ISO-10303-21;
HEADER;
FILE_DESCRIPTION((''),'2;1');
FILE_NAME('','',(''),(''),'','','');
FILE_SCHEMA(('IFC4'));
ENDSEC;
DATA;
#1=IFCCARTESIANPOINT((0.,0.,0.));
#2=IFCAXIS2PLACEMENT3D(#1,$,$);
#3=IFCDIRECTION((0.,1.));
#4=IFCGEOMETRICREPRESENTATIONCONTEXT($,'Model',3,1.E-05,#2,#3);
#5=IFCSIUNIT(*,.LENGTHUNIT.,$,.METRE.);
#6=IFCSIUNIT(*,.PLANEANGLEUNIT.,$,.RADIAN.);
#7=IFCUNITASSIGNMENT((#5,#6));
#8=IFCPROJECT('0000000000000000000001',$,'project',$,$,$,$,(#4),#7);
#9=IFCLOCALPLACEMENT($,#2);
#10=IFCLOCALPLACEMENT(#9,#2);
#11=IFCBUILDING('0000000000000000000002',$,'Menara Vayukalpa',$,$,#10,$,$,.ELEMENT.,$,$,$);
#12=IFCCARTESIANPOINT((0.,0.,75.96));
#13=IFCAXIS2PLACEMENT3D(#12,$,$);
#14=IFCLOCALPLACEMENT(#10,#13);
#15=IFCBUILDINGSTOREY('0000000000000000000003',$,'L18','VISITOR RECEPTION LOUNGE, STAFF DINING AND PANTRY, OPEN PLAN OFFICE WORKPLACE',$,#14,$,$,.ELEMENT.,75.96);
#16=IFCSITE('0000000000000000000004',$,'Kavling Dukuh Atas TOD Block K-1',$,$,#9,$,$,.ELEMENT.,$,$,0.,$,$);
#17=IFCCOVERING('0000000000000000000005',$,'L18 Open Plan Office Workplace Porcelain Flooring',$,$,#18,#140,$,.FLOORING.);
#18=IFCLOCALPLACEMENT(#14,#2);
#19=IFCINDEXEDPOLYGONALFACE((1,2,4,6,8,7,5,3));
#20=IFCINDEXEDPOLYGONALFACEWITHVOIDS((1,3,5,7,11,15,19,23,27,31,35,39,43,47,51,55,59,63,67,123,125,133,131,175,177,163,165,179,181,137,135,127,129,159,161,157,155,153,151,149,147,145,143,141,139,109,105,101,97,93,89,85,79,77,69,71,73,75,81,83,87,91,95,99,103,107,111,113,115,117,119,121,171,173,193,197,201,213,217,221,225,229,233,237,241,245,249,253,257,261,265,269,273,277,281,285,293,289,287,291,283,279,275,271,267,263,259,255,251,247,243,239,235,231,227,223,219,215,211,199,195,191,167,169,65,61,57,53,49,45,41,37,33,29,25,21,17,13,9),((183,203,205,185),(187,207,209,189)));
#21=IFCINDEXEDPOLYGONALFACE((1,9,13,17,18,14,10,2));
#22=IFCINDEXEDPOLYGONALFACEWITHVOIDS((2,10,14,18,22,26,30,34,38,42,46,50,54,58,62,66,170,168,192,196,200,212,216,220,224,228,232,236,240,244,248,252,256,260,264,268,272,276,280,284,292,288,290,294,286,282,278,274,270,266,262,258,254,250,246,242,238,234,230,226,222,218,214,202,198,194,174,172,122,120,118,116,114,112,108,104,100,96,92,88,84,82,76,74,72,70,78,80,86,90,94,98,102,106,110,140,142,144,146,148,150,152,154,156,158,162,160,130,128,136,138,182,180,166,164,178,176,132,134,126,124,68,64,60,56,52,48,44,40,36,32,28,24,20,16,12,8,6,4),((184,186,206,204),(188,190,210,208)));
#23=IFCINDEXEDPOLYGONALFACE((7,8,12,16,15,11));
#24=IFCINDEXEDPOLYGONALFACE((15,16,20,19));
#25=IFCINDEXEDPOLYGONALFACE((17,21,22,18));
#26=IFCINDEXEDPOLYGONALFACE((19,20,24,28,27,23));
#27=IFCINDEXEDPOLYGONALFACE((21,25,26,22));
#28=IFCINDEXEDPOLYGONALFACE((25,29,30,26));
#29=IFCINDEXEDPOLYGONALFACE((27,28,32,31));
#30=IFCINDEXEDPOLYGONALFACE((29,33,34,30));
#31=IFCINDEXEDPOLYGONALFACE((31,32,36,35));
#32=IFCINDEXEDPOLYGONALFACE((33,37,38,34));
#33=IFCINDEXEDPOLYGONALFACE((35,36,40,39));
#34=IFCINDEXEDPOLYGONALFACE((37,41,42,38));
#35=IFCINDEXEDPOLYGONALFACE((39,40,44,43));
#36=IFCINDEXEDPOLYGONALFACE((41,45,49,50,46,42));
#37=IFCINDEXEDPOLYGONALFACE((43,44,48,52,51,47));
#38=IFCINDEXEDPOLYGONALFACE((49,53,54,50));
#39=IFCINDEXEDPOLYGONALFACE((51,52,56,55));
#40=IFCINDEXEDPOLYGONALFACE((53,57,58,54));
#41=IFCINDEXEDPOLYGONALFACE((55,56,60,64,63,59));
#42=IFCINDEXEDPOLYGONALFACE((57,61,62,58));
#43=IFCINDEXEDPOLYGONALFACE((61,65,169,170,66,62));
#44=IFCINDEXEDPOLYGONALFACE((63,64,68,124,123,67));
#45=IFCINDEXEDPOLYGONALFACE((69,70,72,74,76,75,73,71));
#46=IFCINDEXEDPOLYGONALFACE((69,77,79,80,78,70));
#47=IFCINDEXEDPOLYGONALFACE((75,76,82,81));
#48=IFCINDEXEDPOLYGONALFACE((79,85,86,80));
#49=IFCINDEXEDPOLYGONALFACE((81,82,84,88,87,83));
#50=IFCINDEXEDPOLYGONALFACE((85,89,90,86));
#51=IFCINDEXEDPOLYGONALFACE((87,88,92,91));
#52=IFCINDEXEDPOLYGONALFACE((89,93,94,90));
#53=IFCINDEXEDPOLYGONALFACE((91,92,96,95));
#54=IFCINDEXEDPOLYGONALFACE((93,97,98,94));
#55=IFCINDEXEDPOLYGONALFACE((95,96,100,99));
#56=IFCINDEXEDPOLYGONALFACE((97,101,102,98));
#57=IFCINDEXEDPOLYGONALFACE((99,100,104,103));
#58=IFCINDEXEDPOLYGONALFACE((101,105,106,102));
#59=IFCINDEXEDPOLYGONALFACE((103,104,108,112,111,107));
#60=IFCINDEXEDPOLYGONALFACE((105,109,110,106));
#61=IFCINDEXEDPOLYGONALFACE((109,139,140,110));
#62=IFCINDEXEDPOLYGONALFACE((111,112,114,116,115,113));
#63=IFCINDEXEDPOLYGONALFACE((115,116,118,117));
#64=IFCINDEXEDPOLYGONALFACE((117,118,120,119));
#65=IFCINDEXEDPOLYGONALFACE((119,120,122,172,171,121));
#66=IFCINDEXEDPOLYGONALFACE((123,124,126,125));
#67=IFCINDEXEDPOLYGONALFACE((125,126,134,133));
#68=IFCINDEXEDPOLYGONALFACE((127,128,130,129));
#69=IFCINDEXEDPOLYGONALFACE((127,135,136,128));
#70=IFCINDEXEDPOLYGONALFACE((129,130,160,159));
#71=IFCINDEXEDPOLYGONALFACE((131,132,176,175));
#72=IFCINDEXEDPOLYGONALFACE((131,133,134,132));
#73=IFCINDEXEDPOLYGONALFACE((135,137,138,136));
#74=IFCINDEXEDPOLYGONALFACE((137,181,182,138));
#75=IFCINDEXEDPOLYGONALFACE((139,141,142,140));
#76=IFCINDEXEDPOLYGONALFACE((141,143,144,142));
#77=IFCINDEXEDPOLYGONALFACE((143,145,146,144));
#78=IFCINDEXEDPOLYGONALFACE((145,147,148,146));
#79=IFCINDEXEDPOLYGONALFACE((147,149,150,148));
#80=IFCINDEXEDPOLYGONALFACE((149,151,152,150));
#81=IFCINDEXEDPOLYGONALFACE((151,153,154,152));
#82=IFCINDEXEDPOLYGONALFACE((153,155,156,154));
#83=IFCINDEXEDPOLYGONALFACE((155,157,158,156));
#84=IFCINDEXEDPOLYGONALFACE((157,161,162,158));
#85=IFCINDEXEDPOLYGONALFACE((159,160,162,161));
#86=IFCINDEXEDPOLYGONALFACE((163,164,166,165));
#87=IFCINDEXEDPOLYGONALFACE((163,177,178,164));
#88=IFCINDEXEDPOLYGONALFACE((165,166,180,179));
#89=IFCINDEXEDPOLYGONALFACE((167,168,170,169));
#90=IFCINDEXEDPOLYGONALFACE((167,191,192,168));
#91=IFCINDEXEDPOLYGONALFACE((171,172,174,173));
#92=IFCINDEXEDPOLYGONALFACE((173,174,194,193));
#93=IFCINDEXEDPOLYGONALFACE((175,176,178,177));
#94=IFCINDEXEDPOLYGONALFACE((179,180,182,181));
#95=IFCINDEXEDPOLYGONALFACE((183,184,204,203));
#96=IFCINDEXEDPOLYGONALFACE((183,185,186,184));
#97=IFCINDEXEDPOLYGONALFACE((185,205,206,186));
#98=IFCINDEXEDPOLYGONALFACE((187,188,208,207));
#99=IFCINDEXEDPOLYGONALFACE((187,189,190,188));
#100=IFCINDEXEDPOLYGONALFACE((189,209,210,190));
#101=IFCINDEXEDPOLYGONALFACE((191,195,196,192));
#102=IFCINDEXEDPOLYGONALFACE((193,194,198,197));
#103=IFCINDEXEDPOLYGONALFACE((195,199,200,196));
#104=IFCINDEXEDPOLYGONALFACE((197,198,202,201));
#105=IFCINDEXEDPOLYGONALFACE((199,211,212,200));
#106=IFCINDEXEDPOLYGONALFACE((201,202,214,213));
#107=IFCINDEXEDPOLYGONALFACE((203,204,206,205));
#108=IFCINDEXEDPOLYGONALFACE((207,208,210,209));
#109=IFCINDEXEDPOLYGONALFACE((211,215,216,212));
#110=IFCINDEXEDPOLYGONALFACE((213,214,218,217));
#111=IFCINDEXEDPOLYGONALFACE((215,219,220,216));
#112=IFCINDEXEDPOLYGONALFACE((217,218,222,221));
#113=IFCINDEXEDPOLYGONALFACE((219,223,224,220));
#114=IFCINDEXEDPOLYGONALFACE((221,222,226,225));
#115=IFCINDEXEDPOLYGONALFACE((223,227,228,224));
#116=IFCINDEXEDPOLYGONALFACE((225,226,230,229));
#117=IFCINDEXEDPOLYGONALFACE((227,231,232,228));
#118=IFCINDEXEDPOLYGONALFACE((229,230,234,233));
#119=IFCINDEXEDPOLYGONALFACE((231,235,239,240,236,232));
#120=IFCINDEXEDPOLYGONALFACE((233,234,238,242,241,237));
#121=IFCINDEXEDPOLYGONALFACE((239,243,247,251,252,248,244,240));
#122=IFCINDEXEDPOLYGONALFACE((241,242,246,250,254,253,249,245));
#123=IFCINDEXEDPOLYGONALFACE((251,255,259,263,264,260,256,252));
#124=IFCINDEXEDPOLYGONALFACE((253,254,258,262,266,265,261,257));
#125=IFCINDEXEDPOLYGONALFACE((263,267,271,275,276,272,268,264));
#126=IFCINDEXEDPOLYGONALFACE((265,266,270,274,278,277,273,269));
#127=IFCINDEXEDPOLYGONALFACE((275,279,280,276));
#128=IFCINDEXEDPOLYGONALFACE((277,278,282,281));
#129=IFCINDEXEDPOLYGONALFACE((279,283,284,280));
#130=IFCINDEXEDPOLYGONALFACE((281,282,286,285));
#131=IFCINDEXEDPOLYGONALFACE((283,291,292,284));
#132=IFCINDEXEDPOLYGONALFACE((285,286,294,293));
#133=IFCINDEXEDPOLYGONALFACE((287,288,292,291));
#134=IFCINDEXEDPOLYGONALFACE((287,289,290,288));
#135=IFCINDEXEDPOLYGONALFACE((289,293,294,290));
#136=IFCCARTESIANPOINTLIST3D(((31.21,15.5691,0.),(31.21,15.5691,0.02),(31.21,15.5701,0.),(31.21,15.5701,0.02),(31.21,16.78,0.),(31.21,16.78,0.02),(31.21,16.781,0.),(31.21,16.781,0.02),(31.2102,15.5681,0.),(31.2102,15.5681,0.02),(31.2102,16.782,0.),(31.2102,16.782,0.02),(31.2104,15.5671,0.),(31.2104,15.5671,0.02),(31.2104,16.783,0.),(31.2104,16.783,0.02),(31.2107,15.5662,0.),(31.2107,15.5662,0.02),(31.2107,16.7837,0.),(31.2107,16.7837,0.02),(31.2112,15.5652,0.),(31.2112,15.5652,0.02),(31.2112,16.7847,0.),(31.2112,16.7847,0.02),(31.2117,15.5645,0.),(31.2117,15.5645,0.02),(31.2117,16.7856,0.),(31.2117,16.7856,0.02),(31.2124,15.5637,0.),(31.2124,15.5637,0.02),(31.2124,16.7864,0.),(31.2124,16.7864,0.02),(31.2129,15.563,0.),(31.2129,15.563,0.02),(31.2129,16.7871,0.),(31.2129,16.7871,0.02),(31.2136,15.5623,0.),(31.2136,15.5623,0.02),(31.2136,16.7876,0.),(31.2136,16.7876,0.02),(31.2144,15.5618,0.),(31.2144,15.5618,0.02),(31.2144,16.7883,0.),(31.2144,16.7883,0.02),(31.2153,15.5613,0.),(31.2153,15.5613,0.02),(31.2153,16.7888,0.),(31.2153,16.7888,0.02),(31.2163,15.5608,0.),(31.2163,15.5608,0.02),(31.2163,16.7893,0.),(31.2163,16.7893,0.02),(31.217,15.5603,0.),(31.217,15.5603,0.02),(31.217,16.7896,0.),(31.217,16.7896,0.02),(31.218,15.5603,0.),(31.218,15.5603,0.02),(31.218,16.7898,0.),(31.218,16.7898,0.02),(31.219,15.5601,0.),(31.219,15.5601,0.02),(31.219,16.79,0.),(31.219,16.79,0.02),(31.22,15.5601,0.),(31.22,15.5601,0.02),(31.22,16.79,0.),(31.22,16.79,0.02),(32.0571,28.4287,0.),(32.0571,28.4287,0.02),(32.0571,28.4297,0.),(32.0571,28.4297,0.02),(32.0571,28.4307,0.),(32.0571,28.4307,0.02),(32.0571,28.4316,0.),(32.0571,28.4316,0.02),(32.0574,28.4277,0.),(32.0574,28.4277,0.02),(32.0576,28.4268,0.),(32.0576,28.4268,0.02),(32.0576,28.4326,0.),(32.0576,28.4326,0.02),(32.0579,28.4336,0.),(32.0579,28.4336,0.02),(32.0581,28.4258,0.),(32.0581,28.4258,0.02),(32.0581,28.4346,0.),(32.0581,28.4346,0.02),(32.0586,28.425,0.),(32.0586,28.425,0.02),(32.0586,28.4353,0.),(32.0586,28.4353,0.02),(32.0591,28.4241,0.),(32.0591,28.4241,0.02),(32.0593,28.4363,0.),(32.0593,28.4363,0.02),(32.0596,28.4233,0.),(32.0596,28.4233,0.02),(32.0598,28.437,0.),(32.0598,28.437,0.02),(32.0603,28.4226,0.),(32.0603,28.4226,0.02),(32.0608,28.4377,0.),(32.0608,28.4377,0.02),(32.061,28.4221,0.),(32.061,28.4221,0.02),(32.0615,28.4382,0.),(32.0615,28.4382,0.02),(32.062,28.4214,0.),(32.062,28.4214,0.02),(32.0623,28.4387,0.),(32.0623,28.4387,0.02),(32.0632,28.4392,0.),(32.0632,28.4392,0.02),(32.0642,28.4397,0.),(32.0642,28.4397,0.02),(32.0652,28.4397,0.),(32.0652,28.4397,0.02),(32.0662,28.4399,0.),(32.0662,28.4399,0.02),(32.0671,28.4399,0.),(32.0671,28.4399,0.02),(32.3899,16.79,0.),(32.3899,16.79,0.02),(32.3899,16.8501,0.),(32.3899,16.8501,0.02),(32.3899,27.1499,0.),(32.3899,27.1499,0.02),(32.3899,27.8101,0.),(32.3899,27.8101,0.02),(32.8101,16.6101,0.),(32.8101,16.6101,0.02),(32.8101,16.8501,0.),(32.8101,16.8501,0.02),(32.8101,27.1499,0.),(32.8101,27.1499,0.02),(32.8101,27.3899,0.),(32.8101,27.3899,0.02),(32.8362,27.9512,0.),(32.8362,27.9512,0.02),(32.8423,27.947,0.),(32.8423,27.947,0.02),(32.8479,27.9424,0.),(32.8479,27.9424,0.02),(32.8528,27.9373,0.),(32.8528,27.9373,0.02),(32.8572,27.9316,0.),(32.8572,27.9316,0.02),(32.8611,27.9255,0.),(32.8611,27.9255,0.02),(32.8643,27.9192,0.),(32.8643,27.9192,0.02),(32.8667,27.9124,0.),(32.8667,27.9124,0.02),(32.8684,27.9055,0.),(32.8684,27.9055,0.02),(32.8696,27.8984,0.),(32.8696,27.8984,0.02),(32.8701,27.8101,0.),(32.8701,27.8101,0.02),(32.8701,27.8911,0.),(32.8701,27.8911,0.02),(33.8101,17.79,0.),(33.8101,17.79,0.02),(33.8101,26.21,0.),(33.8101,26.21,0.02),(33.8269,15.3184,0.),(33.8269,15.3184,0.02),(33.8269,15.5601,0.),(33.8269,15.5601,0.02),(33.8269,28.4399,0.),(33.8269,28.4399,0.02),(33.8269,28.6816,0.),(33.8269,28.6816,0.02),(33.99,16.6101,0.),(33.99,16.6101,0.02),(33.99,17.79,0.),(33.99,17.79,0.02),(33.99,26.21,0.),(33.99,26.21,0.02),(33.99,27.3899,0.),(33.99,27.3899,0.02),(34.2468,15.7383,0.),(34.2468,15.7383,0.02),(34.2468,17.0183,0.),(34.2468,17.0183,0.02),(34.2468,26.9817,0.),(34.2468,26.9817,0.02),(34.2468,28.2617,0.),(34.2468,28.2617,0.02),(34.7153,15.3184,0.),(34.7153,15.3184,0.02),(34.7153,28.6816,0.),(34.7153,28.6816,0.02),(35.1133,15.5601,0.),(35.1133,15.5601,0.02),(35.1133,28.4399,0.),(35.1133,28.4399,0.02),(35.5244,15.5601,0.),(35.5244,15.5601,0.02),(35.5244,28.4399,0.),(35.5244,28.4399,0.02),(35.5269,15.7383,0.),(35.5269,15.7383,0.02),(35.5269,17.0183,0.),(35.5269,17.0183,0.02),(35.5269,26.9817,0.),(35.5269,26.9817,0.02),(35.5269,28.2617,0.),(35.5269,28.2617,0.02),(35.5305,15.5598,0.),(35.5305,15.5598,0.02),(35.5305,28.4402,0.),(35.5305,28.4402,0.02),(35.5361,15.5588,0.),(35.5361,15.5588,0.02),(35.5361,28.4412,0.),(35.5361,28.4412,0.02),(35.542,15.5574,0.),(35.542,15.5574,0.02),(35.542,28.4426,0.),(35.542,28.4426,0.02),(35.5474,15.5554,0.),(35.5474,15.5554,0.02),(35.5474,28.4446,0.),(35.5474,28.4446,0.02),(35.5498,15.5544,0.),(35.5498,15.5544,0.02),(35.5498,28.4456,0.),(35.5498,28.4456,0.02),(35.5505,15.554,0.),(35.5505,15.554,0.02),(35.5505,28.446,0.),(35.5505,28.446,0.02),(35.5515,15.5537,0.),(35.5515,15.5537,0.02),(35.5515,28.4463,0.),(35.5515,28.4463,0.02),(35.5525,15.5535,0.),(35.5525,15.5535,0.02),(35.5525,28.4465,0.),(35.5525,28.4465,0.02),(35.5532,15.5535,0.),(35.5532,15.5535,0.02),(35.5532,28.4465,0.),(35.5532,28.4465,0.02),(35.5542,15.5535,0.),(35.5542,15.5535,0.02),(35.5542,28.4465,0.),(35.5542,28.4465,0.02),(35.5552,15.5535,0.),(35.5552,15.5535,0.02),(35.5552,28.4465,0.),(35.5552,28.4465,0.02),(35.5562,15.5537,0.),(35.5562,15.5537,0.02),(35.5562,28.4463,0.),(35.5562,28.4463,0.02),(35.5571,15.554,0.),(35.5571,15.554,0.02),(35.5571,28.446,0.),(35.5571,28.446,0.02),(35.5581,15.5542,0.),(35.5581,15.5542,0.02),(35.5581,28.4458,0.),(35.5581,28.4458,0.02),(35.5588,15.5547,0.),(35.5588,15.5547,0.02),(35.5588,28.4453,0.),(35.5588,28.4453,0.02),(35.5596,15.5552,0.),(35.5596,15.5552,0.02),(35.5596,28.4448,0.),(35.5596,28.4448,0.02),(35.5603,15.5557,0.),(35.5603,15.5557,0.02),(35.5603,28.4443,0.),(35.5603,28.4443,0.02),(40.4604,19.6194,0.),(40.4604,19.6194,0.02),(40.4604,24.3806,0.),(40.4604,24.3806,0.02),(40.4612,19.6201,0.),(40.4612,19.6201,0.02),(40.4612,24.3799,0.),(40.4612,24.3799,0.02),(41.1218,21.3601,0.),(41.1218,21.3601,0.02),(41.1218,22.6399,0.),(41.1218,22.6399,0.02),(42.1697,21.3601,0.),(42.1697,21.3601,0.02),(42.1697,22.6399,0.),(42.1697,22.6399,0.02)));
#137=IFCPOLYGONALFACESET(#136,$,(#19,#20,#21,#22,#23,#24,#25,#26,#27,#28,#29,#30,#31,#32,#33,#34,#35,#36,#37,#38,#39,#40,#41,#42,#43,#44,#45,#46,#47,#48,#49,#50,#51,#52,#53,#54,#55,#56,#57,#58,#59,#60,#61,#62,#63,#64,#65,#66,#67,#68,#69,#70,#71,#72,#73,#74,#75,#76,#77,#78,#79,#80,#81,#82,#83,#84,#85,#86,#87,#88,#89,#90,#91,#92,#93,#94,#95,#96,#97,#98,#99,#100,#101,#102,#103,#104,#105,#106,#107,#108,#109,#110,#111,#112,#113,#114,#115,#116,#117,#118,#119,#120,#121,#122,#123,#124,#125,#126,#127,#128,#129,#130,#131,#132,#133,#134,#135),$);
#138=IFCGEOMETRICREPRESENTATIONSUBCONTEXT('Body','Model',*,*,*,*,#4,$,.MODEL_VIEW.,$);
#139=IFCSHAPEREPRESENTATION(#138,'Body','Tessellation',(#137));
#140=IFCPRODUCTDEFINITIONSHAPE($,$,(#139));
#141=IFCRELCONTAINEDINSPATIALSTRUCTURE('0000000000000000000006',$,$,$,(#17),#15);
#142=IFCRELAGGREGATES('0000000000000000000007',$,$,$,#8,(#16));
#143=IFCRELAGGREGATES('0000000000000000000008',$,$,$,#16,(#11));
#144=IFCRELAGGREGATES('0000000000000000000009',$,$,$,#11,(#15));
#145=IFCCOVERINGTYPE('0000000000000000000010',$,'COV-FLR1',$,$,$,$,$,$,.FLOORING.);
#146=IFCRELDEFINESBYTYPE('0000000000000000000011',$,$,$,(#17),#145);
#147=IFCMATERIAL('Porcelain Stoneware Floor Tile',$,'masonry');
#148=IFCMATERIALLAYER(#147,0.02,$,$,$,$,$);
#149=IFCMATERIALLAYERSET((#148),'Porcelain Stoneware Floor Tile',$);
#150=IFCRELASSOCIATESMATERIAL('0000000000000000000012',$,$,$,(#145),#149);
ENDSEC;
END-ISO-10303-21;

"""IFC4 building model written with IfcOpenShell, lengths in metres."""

from ifc_helpers import new_model, si_unit, direction, frame, origin, place, context, subcontext, project, spatial, polyline, outline, extrude, material, layer, layer_set, type_object, element, save


model = new_model("IFC4")

# Units and contexts
model_context = context("Model", 3, precision=1e-05, world=origin(), true_north=direction((0.0, 1.0)))
body_context = subcontext(model_context, "Body", "Model", "MODEL_VIEW")
ifc_project = project(units=[si_unit("LENGTHUNIT", "METRE"), si_unit("PLANEANGLEUNIT", "RADIAN")], contexts=[model_context])

# Site, building, storey
site_placement = place(None, origin())
site = spatial("IfcSite", under=ifc_project, at=site_placement, Name="Kavling Dukuh Atas TOD Block K-1", CompositionType="ELEMENT", RefElevation=0.0)
building_placement = place(site_placement, origin())
building = spatial("IfcBuilding", under=site, at=building_placement, Name="Menara Vayukalpa", CompositionType="ELEMENT")
storey_placement = place(building_placement, frame((0.0, 0.0, 75.96)))
storey = spatial("IfcBuildingStorey", under=building, at=storey_placement, Name="L18", Description="VISITOR RECEPTION LOUNGE, STAFF DINING AND PANTRY, OPEN PLAN OFFICE WORKPLACE", CompositionType="ELEMENT", Elevation=75.96)

# Covering
ifc_material_1 = material(Name="Porcelain Stoneware Floor Tile", Category="masonry")
ifc_layer_1 = layer(ifc_material_1, 0.02)
ifc_layer_set_1 = layer_set([ifc_layer_1], Name="Porcelain Stoneware Floor Tile")
covering_type_1 = type_object("IfcCoveringType", Name="COV-FLR1", PredefinedType="FLOORING", material=ifc_layer_set_1)
covering_1_placement = place(storey_placement, origin())
element("IfcCovering", 1, at=covering_1_placement, inside=storey, type_object=covering_type_1, Name="L18 Open Plan Office Workplace Porcelain Flooring", PredefinedType="FLOORING", context=body_context, shape_type="SweptSolid", body=[
    extrude(outline(polyline([(31.219, 15.5601), (31.218, 15.5603), (31.217, 15.5603), (31.2163, 15.5608), (31.2153, 15.5613), (31.2144, 15.5618), (31.2136, 15.5623), (31.2129, 15.563), (31.2124, 15.5637), (31.2117, 15.5645), (31.2112, 15.5652), (31.2107, 15.5662), (31.2104, 15.5671), (31.2102, 15.5681), (31.21, 15.5691), (31.21, 15.5701), (31.21, 16.78), (31.21, 16.781), (31.2102, 16.782), (31.2104, 16.783), (31.2107, 16.7837), (31.2112, 16.7847), (31.2117, 16.7856), (31.2124, 16.7864), (31.2129, 16.7871), (31.2136, 16.7876), (31.2144, 16.7883), (31.2153, 16.7888), (31.2163, 16.7893), (31.217, 16.7896), (31.218, 16.7898), (31.219, 16.79), (31.22, 16.79), (32.3899, 16.79), (32.3899, 16.8501), (32.8101, 16.8501), (32.8101, 16.6101), (33.99, 16.6101), (33.99, 17.79), (33.8101, 17.79), (33.8101, 26.21), (33.99, 26.21), (33.99, 27.3899), (32.8101, 27.3899), (32.8101, 27.1499), (32.3899, 27.1499), (32.3899, 27.8101), (32.8701, 27.8101), (32.8701, 27.8911), (32.8696, 27.8984), (32.8684, 27.9055), (32.8667, 27.9124), (32.8643, 27.9192), (32.8611, 27.9255), (32.8572, 27.9316), (32.8528, 27.9373), (32.8479, 27.9424), (32.8423, 27.947), (32.8362, 27.9512), (32.062, 28.4214), (32.061, 28.4221), (32.0603, 28.4226), (32.0596, 28.4233), (32.0591, 28.4241), (32.0586, 28.425), (32.0581, 28.4258), (32.0576, 28.4268), (32.0574, 28.4277), (32.0571, 28.4287), (32.0571, 28.4297), (32.0571, 28.4307), (32.0571, 28.4316), (32.0576, 28.4326), (32.0579, 28.4336), (32.0581, 28.4346), (32.0586, 28.4353), (32.0593, 28.4363), (32.0598, 28.437), (32.0608, 28.4377), (32.0615, 28.4382), (32.0623, 28.4387), (32.0632, 28.4392), (32.0642, 28.4397), (32.0652, 28.4397), (32.0662, 28.4399), (32.0671, 28.4399), (33.8269, 28.4399), (33.8269, 28.6816), (34.7153, 28.6816), (35.1133, 28.4399), (35.5244, 28.4399), (35.5305, 28.4402), (35.5361, 28.4412), (35.542, 28.4426), (35.5474, 28.4446), (35.5498, 28.4456), (35.5505, 28.446), (35.5515, 28.4463), (35.5525, 28.4465), (35.5532, 28.4465), (35.5542, 28.4465), (35.5552, 28.4465), (35.5562, 28.4463), (35.5571, 28.446), (35.5581, 28.4458), (35.5588, 28.4453), (35.5596, 28.4448), (35.5603, 28.4443), (40.4604, 24.3806), (40.4612, 24.3799), (42.1697, 22.6399), (41.1218, 22.6399), (41.1218, 21.3601), (42.1697, 21.3601), (40.4612, 19.6201), (40.4604, 19.6194), (35.5603, 15.5557), (35.5596, 15.5552), (35.5588, 15.5547), (35.5581, 15.5542), (35.5571, 15.554), (35.5562, 15.5537), (35.5552, 15.5535), (35.5542, 15.5535), (35.5532, 15.5535), (35.5525, 15.5535), (35.5515, 15.5537), (35.5505, 15.554), (35.5498, 15.5544), (35.5474, 15.5554), (35.542, 15.5574), (35.5361, 15.5588), (35.5305, 15.5598), (35.5244, 15.5601), (35.1133, 15.5601), (34.7153, 15.3184), (33.8269, 15.3184), (33.8269, 15.5601), (31.22, 15.5601), (31.219, 15.5601)]), holes=[polyline([(35.5269, 17.0183), (34.2468, 17.0183), (34.2468, 15.7383), (35.5269, 15.7383), (35.5269, 17.0183)]), polyline([(35.5269, 26.9817), (35.5269, 28.2617), (34.2468, 28.2617), (34.2468, 26.9817), (35.5269, 26.9817)])]), origin(), (0.0, 0.0, 1.0), 0.02),
])

save(model, "model.ifc")
